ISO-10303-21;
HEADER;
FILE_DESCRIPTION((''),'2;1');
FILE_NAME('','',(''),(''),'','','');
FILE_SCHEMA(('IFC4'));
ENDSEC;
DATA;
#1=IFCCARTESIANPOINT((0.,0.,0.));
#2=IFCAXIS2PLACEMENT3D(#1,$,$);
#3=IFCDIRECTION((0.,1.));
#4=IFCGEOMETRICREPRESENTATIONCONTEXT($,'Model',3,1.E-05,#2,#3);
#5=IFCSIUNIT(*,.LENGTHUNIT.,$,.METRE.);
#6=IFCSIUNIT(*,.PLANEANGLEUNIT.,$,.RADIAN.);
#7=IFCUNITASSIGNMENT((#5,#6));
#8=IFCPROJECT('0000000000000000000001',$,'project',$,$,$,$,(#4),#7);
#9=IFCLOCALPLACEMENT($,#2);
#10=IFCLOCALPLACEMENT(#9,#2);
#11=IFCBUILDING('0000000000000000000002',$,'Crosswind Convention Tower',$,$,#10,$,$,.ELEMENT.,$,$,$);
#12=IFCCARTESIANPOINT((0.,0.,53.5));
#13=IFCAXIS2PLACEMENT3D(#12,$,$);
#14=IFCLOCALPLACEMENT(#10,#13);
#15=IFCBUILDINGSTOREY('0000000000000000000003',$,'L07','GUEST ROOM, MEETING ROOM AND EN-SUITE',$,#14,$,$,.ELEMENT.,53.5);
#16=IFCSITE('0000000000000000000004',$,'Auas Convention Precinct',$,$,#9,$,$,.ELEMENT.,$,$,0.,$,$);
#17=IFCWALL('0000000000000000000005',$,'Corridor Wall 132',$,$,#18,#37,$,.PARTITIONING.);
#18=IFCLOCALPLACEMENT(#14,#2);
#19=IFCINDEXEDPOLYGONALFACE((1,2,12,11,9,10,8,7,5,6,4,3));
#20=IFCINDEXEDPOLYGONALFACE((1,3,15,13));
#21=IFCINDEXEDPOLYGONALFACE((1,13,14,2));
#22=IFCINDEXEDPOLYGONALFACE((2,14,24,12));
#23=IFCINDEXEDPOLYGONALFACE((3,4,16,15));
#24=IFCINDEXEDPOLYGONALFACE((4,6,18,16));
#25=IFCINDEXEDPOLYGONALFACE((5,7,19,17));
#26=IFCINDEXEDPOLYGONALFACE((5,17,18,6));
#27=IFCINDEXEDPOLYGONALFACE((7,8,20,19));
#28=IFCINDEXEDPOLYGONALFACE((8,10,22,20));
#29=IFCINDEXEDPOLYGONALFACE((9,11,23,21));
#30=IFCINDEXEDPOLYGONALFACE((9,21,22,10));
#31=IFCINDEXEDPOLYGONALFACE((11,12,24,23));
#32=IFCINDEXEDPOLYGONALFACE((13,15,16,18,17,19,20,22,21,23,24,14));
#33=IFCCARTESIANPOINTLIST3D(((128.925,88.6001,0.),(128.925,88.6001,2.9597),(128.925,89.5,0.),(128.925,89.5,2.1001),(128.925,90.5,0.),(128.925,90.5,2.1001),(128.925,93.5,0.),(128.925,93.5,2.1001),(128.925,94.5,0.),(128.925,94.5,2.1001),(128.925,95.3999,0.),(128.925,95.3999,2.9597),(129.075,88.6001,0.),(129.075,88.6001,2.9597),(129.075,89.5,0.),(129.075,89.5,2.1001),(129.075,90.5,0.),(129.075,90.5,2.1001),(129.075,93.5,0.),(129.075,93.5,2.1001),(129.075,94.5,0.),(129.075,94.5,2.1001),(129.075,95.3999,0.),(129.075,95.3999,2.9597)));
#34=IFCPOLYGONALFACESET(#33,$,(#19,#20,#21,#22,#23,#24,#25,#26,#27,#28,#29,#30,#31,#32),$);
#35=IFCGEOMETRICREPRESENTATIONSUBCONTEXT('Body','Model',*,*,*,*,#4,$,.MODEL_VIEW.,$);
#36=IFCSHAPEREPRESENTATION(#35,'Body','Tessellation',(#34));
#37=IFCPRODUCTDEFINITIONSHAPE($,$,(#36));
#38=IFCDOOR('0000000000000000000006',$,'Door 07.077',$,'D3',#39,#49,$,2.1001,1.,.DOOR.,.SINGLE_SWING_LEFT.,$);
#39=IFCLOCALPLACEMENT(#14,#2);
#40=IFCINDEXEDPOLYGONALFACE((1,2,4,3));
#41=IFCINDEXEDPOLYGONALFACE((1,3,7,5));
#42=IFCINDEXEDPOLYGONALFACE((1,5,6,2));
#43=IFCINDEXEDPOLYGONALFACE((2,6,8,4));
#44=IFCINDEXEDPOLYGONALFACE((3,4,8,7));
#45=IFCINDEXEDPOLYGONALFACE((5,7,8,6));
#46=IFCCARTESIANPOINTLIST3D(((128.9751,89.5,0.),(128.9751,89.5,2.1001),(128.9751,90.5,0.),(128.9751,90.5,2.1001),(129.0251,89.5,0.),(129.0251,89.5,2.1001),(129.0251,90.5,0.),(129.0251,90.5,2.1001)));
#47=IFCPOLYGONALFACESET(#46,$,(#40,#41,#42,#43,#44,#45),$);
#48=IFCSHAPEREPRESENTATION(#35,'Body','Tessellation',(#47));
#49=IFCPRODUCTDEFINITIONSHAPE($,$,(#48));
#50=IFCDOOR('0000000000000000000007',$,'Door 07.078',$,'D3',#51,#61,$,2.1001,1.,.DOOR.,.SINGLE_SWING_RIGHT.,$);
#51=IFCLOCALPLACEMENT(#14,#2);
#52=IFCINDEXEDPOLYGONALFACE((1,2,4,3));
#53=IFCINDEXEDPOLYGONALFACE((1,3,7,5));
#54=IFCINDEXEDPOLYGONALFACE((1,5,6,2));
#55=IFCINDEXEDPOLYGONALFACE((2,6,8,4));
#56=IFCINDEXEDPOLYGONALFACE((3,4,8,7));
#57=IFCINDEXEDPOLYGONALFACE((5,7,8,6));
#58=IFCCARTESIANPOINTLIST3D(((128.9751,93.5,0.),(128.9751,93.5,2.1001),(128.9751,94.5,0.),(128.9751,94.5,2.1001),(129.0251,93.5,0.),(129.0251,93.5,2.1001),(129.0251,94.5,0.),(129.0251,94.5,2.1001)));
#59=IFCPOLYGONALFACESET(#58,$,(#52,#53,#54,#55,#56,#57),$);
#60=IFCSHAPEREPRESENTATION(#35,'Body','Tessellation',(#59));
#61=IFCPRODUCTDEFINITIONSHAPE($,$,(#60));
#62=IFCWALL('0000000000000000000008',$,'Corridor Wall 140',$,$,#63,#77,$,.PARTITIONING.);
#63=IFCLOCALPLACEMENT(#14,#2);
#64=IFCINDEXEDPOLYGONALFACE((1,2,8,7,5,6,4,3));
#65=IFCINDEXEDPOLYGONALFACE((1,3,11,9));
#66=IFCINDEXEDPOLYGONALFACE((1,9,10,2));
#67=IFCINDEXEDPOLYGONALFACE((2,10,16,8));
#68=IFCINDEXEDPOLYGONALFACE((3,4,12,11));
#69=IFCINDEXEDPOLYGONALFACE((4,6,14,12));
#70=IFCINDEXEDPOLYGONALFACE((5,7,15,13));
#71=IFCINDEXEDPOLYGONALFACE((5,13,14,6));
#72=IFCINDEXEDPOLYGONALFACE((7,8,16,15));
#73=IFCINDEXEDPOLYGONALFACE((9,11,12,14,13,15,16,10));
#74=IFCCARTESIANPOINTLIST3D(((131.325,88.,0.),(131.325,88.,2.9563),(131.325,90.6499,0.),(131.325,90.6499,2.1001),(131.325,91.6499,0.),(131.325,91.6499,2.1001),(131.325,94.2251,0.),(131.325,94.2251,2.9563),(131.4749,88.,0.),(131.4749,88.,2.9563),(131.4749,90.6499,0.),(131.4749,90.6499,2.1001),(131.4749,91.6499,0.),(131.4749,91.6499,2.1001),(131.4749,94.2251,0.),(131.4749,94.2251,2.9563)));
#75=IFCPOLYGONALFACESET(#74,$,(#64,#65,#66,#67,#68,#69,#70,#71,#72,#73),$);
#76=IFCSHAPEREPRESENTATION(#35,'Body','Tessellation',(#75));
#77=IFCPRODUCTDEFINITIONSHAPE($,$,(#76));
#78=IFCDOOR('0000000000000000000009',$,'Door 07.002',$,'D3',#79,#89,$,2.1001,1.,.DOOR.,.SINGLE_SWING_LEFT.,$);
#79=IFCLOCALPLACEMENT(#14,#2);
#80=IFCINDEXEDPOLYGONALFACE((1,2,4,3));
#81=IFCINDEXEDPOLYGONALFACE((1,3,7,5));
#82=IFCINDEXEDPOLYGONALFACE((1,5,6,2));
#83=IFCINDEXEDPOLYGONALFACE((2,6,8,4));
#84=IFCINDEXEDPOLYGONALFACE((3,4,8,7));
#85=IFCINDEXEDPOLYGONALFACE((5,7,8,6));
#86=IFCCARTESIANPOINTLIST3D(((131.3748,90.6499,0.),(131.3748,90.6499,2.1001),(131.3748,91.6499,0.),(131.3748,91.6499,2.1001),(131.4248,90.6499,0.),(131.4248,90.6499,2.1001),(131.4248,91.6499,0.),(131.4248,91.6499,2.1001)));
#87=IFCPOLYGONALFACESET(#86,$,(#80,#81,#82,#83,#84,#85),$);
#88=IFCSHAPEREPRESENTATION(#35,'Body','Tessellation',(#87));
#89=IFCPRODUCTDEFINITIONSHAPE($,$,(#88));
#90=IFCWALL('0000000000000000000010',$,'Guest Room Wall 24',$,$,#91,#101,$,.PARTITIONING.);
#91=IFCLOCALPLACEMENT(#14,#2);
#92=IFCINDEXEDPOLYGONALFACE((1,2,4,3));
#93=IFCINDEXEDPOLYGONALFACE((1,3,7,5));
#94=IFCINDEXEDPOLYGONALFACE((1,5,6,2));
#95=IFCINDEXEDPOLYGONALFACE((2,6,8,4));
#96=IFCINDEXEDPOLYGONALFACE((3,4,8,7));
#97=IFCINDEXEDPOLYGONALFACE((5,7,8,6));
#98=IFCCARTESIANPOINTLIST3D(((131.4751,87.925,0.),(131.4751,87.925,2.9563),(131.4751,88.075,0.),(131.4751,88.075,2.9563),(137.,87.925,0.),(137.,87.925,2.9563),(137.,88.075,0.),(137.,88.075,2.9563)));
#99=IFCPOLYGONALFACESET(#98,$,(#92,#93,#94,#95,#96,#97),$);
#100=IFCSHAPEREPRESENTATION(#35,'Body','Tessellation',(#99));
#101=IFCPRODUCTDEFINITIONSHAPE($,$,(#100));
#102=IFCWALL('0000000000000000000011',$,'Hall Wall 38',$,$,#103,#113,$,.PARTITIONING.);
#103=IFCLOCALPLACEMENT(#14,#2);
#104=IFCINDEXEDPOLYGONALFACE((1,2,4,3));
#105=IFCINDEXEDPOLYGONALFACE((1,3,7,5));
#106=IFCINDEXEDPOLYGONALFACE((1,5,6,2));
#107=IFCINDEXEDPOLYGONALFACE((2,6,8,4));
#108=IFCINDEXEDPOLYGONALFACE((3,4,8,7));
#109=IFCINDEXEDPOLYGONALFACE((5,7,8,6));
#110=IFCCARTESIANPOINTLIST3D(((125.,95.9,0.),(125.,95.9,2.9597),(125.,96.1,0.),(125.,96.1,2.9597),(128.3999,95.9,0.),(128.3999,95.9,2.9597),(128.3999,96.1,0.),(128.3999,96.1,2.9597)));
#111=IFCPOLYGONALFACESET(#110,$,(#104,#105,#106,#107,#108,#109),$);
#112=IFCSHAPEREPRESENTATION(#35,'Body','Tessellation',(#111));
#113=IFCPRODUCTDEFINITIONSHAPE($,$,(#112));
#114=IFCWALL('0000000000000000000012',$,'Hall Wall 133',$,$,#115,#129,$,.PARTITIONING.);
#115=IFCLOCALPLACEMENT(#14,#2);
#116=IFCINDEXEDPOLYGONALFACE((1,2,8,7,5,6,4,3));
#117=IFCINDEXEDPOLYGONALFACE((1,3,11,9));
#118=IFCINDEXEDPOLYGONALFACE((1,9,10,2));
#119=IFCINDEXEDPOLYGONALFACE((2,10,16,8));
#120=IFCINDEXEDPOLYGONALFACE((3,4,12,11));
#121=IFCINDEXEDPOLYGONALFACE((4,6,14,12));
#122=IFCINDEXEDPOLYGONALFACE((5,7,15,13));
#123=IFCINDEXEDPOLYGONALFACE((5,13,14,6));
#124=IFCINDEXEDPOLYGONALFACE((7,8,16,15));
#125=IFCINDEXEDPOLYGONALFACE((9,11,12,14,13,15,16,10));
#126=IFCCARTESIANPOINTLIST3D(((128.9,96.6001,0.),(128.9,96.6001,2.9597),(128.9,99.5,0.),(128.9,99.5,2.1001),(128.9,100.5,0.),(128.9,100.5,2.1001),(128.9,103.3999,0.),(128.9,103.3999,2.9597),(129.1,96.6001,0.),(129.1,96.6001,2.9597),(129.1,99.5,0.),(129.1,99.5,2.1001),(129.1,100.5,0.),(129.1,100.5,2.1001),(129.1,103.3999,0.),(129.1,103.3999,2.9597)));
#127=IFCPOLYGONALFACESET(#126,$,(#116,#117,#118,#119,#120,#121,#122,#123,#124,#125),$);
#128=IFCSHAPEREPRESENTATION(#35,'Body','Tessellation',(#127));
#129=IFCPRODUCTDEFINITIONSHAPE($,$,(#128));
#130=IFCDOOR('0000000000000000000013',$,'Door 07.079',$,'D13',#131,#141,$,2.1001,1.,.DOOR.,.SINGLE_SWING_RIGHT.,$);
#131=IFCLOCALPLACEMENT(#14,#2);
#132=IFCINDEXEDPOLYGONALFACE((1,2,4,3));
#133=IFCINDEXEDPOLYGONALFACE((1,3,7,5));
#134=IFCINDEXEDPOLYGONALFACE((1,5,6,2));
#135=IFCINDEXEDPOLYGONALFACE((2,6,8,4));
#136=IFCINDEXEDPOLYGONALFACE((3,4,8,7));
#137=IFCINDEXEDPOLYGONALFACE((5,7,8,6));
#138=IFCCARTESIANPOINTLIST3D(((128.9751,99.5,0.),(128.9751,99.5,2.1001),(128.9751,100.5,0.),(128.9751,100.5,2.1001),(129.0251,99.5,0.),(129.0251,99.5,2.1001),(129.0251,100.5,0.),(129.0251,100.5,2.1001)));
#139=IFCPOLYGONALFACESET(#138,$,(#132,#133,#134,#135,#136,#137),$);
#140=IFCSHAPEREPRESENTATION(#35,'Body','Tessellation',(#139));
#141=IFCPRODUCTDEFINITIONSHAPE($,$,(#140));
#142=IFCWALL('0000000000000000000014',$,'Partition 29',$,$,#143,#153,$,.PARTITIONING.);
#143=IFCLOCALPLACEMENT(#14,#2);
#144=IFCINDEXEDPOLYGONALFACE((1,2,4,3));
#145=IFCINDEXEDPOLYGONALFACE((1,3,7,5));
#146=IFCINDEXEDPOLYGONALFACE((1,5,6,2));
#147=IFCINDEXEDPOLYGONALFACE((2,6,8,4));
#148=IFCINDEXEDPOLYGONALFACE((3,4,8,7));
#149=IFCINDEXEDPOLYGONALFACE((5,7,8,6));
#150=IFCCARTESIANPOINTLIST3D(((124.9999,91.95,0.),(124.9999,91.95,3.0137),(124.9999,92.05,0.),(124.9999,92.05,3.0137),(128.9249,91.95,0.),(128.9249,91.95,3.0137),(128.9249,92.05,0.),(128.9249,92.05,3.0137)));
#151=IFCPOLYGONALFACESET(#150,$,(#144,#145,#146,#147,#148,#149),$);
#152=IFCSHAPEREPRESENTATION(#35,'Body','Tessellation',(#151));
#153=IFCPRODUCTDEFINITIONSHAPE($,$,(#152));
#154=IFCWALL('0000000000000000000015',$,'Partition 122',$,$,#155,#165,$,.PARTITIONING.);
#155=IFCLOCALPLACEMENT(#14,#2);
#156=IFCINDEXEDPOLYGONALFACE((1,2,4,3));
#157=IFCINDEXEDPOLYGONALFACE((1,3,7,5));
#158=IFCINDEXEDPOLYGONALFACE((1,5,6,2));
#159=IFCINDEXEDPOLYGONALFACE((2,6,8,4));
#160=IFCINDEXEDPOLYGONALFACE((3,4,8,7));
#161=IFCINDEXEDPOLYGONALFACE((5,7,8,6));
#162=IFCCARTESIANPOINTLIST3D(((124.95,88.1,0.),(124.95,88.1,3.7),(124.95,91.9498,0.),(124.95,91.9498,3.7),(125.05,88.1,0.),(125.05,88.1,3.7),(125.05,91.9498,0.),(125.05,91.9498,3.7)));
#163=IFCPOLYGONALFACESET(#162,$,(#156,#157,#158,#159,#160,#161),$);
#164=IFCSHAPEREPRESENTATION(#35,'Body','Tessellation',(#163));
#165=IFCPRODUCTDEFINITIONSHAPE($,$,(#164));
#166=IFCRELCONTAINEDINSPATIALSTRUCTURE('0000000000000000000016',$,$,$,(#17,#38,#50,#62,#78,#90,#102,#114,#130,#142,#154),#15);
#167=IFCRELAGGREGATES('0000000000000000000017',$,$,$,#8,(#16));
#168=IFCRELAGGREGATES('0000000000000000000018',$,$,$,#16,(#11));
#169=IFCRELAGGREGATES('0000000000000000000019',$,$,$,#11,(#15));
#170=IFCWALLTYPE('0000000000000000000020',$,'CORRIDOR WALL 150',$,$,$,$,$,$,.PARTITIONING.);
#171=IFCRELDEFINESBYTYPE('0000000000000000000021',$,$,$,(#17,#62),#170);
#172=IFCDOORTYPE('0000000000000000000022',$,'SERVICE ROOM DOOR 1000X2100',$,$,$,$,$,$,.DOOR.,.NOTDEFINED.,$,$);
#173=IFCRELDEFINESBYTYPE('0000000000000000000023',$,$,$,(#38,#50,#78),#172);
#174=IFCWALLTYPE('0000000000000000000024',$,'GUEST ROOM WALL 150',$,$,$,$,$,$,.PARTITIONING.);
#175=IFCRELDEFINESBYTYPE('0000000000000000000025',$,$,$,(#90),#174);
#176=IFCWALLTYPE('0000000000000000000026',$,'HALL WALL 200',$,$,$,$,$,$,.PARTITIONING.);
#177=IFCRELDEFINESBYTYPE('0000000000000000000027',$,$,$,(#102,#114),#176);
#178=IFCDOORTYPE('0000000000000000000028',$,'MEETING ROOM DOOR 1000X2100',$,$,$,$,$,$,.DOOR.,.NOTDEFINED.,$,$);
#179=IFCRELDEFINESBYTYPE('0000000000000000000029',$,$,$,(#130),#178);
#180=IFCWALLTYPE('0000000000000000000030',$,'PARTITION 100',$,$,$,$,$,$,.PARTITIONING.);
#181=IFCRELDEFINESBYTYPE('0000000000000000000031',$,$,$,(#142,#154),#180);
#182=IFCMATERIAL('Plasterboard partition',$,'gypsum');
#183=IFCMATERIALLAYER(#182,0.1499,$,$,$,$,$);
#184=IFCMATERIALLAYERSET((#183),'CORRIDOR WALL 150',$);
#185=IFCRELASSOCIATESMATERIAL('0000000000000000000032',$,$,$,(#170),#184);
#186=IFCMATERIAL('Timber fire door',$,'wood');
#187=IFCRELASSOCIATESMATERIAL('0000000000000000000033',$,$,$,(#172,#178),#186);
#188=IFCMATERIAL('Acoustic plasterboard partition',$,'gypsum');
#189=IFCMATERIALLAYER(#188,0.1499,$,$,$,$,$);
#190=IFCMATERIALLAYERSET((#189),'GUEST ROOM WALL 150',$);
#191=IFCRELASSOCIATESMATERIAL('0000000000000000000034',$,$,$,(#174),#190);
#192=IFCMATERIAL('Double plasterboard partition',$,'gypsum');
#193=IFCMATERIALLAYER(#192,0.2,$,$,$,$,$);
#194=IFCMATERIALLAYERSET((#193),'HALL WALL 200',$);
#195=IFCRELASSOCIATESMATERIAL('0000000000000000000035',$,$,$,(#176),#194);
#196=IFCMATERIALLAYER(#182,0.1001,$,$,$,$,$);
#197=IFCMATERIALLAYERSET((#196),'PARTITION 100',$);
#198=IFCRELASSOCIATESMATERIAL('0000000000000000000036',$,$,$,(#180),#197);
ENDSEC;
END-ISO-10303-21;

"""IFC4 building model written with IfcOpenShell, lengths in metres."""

from ifc_helpers import new_model, si_unit, direction, frame, frame_2d, origin, place, context, subcontext, project, spatial, rectangle, extrude, material, layer, layer_set, type_object, element, fill, save


model = new_model("IFC4")

# Units and contexts
model_context = context("Model", 3, precision=1e-05, world=origin(), true_north=direction((0.0, 1.0)))
body_context = subcontext(model_context, "Body", "Model", "MODEL_VIEW")
ifc_project = project(units=[si_unit("LENGTHUNIT", "METRE"), si_unit("PLANEANGLEUNIT", "RADIAN")], contexts=[model_context])

# Site, building, storey
site_placement = place(None, origin())
site = spatial("IfcSite", under=ifc_project, at=site_placement, Name="Auas Convention Precinct", CompositionType="ELEMENT", RefElevation=0.0)
building_placement = place(site_placement, origin())
building = spatial("IfcBuilding", under=site, at=building_placement, Name="Crosswind Convention Tower", CompositionType="ELEMENT")
storey_placement = place(building_placement, frame((0.0, 0.0, 53.5)))
storey = spatial("IfcBuildingStorey", under=building, at=storey_placement, Name="L07", Description="GUEST ROOM, MEETING ROOM AND EN-SUITE", CompositionType="ELEMENT", Elevation=53.5)

# Shared definitions
ifc_material_1 = material(Name="Plasterboard partition", Category="gypsum")
ifc_layer_1 = layer(ifc_material_1, 0.1499)
ifc_layer_set_1 = layer_set([ifc_layer_1], Name="CORRIDOR WALL 150")
wall_type_1 = type_object("IfcWallType", Name="CORRIDOR WALL 150", PredefinedType="PARTITIONING", material=ifc_layer_set_1)

# Wall, openings, doors
wall_1_placement = place(storey_placement, frame((129.0, 88.6001, 0.0), z_axis=(0.0, 0.0, 1.0), x_axis=(0.0, 1.0, 0.0)))
wall_1 = element("IfcWall", 1, at=wall_1_placement, inside=storey, type_object=wall_type_1, Name="Corridor Wall 132", PredefinedType="PARTITIONING", context=body_context, shape_type="SweptSolid", body=[
    extrude(rectangle(XDim=6.7998, YDim=0.1499, at=frame_2d((3.3999, 0.0))), origin(), (0.0, 0.0, 1.0), 2.9597),
])
opening_1_placement = place(wall_1_placement, frame((0.8999, 0.0, 0.0)))
opening_1 = element("IfcOpeningElement", 2, at=opening_1_placement, cuts=wall_1, PredefinedType="OPENING", context=body_context, shape_type="SweptSolid", body=[
    extrude(rectangle(XDim=1.0, YDim=2.1001, at=frame_2d((0.5, 1.05))), frame((0.0, 0.085, 0.0), z_axis=(0.0, -1.0, 0.0), x_axis=(1.0, 0.0, 0.0)), (0.0, 0.0, 1.0), 0.1699),
])
opening_2_placement = place(wall_1_placement, frame((4.8999, 0.0, 0.0)))
opening_2 = element("IfcOpeningElement", 3, at=opening_2_placement, cuts=wall_1, PredefinedType="OPENING", context=body_context, shape_type="SweptSolid", body=[
    extrude(rectangle(XDim=1.0, YDim=2.1001, at=frame_2d((0.5, 1.05))), frame((0.0, 0.085, 0.0), z_axis=(0.0, -1.0, 0.0), x_axis=(1.0, 0.0, 0.0)), (0.0, 0.0, 1.0), 0.1699),
])
ifc_material_2 = material(Name="Timber fire door", Category="wood")
door_type_1 = type_object("IfcDoorType", Name="SERVICE ROOM DOOR 1000X2100", OperationType="NOTDEFINED", PredefinedType="DOOR", material=ifc_material_2)
door_1_placement = place(opening_1_placement, origin())
door_1 = element("IfcDoor", 4, at=door_1_placement, inside=storey, type_object=door_type_1, Name="Door 07.077", ObjectType="D3", OperationType="SINGLE_SWING_LEFT", OverallHeight=2.1001, OverallWidth=1.0, PredefinedType="DOOR", context=body_context, shape_type="SweptSolid", body=[
    extrude(rectangle(XDim=1.0, YDim=2.1001, at=frame_2d((0.5, 1.05))), frame((0.0, 0.0249, 0.0), z_axis=(0.0, -1.0, 0.0), x_axis=(1.0, 0.0, 0.0)), (0.0, 0.0, 1.0), 0.05),
])
fill(opening_1, door_1)
door_2_placement = place(opening_2_placement, origin())
door_2 = element("IfcDoor", 5, at=door_2_placement, inside=storey, type_object=door_type_1, Name="Door 07.078", ObjectType="D3", OperationType="SINGLE_SWING_RIGHT", OverallHeight=2.1001, OverallWidth=1.0, PredefinedType="DOOR", context=body_context, shape_type="SweptSolid", body=[
    extrude(rectangle(XDim=1.0, YDim=2.1001, at=frame_2d((0.5, 1.05))), frame((0.0, 0.0249, 0.0), z_axis=(0.0, -1.0, 0.0), x_axis=(1.0, 0.0, 0.0)), (0.0, 0.0, 1.0), 0.05),
])
fill(opening_2, door_2)

# Wall, opening, door
wall_2_placement = place(storey_placement, frame((131.3999, 88.0, 0.0), z_axis=(0.0, 0.0, 1.0), x_axis=(0.0, 1.0, 0.0)))
wall_2 = element("IfcWall", 6, at=wall_2_placement, inside=storey, type_object=wall_type_1, Name="Corridor Wall 140", PredefinedType="PARTITIONING", context=body_context, shape_type="SweptSolid", body=[
    extrude(rectangle(XDim=6.2251, YDim=0.1499, at=frame_2d((3.1125, 0.0))), origin(), (0.0, 0.0, 1.0), 2.9563),
])
opening_3_placement = place(wall_2_placement, frame((2.6499, 0.0, 0.0)))
opening_3 = element("IfcOpeningElement", 7, at=opening_3_placement, cuts=wall_2, PredefinedType="OPENING", context=body_context, shape_type="SweptSolid", body=[
    extrude(rectangle(XDim=1.0, YDim=2.1001, at=frame_2d((0.5, 1.05))), frame((0.0, 0.085, 0.0), z_axis=(0.0, -1.0, 0.0), x_axis=(1.0, 0.0, 0.0)), (0.0, 0.0, 1.0), 0.1699),
])
door_3_placement = place(opening_3_placement, frame((1.0, 0.0, 0.0), z_axis=(0.0, 0.0, 1.0), x_axis=(-1.0, 0.0, 0.0)))
door_3 = element("IfcDoor", 8, at=door_3_placement, inside=storey, type_object=door_type_1, Name="Door 07.002", ObjectType="D3", OperationType="SINGLE_SWING_LEFT", OverallHeight=2.1001, OverallWidth=1.0, PredefinedType="DOOR", context=body_context, shape_type="SweptSolid", body=[
    extrude(rectangle(XDim=1.0, YDim=2.1001, at=frame_2d((0.5, 1.05))), frame((0.0, 0.0249, 0.0), z_axis=(0.0, -1.0, 0.0), x_axis=(1.0, 0.0, 0.0)), (0.0, 0.0, 1.0), 0.05),
])
fill(opening_3, door_3)

# Walls
ifc_material_3 = material(Name="Acoustic plasterboard partition", Category="gypsum")
ifc_layer_2 = layer(ifc_material_3, 0.1499)
ifc_layer_set_2 = layer_set([ifc_layer_2], Name="GUEST ROOM WALL 150")
wall_type_2 = type_object("IfcWallType", Name="GUEST ROOM WALL 150", PredefinedType="PARTITIONING", material=ifc_layer_set_2)
wall_3_placement = place(storey_placement, frame((131.4751, 88.0, 0.0), z_axis=(0.0, 0.0, 1.0), x_axis=(1.0, 0.0, 0.0)))
element("IfcWall", 9, at=wall_3_placement, inside=storey, type_object=wall_type_2, Name="Guest Room Wall 24", PredefinedType="PARTITIONING", context=body_context, shape_type="SweptSolid", body=[
    extrude(rectangle(XDim=5.5249, YDim=0.1499, at=frame_2d((2.7625, 0.0))), origin(), (0.0, 0.0, 1.0), 2.9563),
])
ifc_material_4 = material(Name="Double plasterboard partition", Category="gypsum")
ifc_layer_3 = layer(ifc_material_4, 0.2)
ifc_layer_set_3 = layer_set([ifc_layer_3], Name="HALL WALL 200")
wall_type_3 = type_object("IfcWallType", Name="HALL WALL 200", PredefinedType="PARTITIONING", material=ifc_layer_set_3)
wall_4_placement = place(storey_placement, frame((125.0, 96.0, 0.0), z_axis=(0.0, 0.0, 1.0), x_axis=(1.0, 0.0, 0.0)))
element("IfcWall", 10, at=wall_4_placement, inside=storey, type_object=wall_type_3, Name="Hall Wall 38", PredefinedType="PARTITIONING", context=body_context, shape_type="SweptSolid", body=[
    extrude(rectangle(XDim=3.3999, YDim=0.2, at=frame_2d((1.7, 0.0))), origin(), (0.0, 0.0, 1.0), 2.9597),
])

# Wall, opening, door
wall_5_placement = place(storey_placement, frame((129.0, 96.6001, 0.0), z_axis=(0.0, 0.0, 1.0), x_axis=(0.0, 1.0, 0.0)))
wall_5 = element("IfcWall", 11, at=wall_5_placement, inside=storey, type_object=wall_type_3, Name="Hall Wall 133", PredefinedType="PARTITIONING", context=body_context, shape_type="SweptSolid", body=[
    extrude(rectangle(XDim=6.7998, YDim=0.2, at=frame_2d((3.3999, 0.0))), origin(), (0.0, 0.0, 1.0), 2.9597),
])
opening_4_placement = place(wall_5_placement, frame((2.8999, 0.0, 0.0)))
opening_4 = element("IfcOpeningElement", 12, at=opening_4_placement, cuts=wall_5, PredefinedType="OPENING", context=body_context, shape_type="SweptSolid", body=[
    extrude(rectangle(XDim=1.0, YDim=2.1001, at=frame_2d((0.5, 1.05))), frame((0.0, 0.1099, 0.0), z_axis=(0.0, -1.0, 0.0), x_axis=(1.0, 0.0, 0.0)), (0.0, 0.0, 1.0), 0.22),
])
door_type_2 = type_object("IfcDoorType", Name="MEETING ROOM DOOR 1000X2100", OperationType="NOTDEFINED", PredefinedType="DOOR", material=ifc_material_2)
door_4_placement = place(opening_4_placement, origin())
door_4 = element("IfcDoor", 13, at=door_4_placement, inside=storey, type_object=door_type_2, Name="Door 07.079", ObjectType="D13", OperationType="SINGLE_SWING_RIGHT", OverallHeight=2.1001, OverallWidth=1.0, PredefinedType="DOOR", context=body_context, shape_type="SweptSolid", body=[
    extrude(rectangle(XDim=1.0, YDim=2.1001, at=frame_2d((0.5, 1.05))), frame((0.0, 0.0249, 0.0), z_axis=(0.0, -1.0, 0.0), x_axis=(1.0, 0.0, 0.0)), (0.0, 0.0, 1.0), 0.05),
])
fill(opening_4, door_4)

# Walls
ifc_layer_4 = layer(ifc_material_1, 0.1001)
ifc_layer_set_4 = layer_set([ifc_layer_4], Name="PARTITION 100")
wall_type_4 = type_object("IfcWallType", Name="PARTITION 100", PredefinedType="PARTITIONING", material=ifc_layer_set_4)
wall_6_placement = place(storey_placement, frame((125.0, 92.0, 0.0), z_axis=(0.0, 0.0, 1.0), x_axis=(1.0, 0.0, 0.0)))
element("IfcWall", 14, at=wall_6_placement, inside=storey, type_object=wall_type_4, Name="Partition 29", PredefinedType="PARTITIONING", context=body_context, shape_type="SweptSolid", body=[
    extrude(rectangle(XDim=3.925, YDim=0.1001, at=frame_2d((1.9624, 0.0))), origin(), (0.0, 0.0, 1.0), 3.0137),
])
wall_7_placement = place(storey_placement, frame((125.0, 88.1001, 0.0), z_axis=(0.0, 0.0, 1.0), x_axis=(0.0, 1.0, 0.0)))
element("IfcWall", 15, at=wall_7_placement, inside=storey, type_object=wall_type_4, Name="Partition 122", PredefinedType="PARTITIONING", context=body_context, shape_type="SweptSolid", body=[
    extrude(rectangle(XDim=3.8499, YDim=0.1001, at=frame_2d((1.9248, 0.0))), origin(), (0.0, 0.0, 1.0), 3.7),
])

save(model, "model.ifc")
